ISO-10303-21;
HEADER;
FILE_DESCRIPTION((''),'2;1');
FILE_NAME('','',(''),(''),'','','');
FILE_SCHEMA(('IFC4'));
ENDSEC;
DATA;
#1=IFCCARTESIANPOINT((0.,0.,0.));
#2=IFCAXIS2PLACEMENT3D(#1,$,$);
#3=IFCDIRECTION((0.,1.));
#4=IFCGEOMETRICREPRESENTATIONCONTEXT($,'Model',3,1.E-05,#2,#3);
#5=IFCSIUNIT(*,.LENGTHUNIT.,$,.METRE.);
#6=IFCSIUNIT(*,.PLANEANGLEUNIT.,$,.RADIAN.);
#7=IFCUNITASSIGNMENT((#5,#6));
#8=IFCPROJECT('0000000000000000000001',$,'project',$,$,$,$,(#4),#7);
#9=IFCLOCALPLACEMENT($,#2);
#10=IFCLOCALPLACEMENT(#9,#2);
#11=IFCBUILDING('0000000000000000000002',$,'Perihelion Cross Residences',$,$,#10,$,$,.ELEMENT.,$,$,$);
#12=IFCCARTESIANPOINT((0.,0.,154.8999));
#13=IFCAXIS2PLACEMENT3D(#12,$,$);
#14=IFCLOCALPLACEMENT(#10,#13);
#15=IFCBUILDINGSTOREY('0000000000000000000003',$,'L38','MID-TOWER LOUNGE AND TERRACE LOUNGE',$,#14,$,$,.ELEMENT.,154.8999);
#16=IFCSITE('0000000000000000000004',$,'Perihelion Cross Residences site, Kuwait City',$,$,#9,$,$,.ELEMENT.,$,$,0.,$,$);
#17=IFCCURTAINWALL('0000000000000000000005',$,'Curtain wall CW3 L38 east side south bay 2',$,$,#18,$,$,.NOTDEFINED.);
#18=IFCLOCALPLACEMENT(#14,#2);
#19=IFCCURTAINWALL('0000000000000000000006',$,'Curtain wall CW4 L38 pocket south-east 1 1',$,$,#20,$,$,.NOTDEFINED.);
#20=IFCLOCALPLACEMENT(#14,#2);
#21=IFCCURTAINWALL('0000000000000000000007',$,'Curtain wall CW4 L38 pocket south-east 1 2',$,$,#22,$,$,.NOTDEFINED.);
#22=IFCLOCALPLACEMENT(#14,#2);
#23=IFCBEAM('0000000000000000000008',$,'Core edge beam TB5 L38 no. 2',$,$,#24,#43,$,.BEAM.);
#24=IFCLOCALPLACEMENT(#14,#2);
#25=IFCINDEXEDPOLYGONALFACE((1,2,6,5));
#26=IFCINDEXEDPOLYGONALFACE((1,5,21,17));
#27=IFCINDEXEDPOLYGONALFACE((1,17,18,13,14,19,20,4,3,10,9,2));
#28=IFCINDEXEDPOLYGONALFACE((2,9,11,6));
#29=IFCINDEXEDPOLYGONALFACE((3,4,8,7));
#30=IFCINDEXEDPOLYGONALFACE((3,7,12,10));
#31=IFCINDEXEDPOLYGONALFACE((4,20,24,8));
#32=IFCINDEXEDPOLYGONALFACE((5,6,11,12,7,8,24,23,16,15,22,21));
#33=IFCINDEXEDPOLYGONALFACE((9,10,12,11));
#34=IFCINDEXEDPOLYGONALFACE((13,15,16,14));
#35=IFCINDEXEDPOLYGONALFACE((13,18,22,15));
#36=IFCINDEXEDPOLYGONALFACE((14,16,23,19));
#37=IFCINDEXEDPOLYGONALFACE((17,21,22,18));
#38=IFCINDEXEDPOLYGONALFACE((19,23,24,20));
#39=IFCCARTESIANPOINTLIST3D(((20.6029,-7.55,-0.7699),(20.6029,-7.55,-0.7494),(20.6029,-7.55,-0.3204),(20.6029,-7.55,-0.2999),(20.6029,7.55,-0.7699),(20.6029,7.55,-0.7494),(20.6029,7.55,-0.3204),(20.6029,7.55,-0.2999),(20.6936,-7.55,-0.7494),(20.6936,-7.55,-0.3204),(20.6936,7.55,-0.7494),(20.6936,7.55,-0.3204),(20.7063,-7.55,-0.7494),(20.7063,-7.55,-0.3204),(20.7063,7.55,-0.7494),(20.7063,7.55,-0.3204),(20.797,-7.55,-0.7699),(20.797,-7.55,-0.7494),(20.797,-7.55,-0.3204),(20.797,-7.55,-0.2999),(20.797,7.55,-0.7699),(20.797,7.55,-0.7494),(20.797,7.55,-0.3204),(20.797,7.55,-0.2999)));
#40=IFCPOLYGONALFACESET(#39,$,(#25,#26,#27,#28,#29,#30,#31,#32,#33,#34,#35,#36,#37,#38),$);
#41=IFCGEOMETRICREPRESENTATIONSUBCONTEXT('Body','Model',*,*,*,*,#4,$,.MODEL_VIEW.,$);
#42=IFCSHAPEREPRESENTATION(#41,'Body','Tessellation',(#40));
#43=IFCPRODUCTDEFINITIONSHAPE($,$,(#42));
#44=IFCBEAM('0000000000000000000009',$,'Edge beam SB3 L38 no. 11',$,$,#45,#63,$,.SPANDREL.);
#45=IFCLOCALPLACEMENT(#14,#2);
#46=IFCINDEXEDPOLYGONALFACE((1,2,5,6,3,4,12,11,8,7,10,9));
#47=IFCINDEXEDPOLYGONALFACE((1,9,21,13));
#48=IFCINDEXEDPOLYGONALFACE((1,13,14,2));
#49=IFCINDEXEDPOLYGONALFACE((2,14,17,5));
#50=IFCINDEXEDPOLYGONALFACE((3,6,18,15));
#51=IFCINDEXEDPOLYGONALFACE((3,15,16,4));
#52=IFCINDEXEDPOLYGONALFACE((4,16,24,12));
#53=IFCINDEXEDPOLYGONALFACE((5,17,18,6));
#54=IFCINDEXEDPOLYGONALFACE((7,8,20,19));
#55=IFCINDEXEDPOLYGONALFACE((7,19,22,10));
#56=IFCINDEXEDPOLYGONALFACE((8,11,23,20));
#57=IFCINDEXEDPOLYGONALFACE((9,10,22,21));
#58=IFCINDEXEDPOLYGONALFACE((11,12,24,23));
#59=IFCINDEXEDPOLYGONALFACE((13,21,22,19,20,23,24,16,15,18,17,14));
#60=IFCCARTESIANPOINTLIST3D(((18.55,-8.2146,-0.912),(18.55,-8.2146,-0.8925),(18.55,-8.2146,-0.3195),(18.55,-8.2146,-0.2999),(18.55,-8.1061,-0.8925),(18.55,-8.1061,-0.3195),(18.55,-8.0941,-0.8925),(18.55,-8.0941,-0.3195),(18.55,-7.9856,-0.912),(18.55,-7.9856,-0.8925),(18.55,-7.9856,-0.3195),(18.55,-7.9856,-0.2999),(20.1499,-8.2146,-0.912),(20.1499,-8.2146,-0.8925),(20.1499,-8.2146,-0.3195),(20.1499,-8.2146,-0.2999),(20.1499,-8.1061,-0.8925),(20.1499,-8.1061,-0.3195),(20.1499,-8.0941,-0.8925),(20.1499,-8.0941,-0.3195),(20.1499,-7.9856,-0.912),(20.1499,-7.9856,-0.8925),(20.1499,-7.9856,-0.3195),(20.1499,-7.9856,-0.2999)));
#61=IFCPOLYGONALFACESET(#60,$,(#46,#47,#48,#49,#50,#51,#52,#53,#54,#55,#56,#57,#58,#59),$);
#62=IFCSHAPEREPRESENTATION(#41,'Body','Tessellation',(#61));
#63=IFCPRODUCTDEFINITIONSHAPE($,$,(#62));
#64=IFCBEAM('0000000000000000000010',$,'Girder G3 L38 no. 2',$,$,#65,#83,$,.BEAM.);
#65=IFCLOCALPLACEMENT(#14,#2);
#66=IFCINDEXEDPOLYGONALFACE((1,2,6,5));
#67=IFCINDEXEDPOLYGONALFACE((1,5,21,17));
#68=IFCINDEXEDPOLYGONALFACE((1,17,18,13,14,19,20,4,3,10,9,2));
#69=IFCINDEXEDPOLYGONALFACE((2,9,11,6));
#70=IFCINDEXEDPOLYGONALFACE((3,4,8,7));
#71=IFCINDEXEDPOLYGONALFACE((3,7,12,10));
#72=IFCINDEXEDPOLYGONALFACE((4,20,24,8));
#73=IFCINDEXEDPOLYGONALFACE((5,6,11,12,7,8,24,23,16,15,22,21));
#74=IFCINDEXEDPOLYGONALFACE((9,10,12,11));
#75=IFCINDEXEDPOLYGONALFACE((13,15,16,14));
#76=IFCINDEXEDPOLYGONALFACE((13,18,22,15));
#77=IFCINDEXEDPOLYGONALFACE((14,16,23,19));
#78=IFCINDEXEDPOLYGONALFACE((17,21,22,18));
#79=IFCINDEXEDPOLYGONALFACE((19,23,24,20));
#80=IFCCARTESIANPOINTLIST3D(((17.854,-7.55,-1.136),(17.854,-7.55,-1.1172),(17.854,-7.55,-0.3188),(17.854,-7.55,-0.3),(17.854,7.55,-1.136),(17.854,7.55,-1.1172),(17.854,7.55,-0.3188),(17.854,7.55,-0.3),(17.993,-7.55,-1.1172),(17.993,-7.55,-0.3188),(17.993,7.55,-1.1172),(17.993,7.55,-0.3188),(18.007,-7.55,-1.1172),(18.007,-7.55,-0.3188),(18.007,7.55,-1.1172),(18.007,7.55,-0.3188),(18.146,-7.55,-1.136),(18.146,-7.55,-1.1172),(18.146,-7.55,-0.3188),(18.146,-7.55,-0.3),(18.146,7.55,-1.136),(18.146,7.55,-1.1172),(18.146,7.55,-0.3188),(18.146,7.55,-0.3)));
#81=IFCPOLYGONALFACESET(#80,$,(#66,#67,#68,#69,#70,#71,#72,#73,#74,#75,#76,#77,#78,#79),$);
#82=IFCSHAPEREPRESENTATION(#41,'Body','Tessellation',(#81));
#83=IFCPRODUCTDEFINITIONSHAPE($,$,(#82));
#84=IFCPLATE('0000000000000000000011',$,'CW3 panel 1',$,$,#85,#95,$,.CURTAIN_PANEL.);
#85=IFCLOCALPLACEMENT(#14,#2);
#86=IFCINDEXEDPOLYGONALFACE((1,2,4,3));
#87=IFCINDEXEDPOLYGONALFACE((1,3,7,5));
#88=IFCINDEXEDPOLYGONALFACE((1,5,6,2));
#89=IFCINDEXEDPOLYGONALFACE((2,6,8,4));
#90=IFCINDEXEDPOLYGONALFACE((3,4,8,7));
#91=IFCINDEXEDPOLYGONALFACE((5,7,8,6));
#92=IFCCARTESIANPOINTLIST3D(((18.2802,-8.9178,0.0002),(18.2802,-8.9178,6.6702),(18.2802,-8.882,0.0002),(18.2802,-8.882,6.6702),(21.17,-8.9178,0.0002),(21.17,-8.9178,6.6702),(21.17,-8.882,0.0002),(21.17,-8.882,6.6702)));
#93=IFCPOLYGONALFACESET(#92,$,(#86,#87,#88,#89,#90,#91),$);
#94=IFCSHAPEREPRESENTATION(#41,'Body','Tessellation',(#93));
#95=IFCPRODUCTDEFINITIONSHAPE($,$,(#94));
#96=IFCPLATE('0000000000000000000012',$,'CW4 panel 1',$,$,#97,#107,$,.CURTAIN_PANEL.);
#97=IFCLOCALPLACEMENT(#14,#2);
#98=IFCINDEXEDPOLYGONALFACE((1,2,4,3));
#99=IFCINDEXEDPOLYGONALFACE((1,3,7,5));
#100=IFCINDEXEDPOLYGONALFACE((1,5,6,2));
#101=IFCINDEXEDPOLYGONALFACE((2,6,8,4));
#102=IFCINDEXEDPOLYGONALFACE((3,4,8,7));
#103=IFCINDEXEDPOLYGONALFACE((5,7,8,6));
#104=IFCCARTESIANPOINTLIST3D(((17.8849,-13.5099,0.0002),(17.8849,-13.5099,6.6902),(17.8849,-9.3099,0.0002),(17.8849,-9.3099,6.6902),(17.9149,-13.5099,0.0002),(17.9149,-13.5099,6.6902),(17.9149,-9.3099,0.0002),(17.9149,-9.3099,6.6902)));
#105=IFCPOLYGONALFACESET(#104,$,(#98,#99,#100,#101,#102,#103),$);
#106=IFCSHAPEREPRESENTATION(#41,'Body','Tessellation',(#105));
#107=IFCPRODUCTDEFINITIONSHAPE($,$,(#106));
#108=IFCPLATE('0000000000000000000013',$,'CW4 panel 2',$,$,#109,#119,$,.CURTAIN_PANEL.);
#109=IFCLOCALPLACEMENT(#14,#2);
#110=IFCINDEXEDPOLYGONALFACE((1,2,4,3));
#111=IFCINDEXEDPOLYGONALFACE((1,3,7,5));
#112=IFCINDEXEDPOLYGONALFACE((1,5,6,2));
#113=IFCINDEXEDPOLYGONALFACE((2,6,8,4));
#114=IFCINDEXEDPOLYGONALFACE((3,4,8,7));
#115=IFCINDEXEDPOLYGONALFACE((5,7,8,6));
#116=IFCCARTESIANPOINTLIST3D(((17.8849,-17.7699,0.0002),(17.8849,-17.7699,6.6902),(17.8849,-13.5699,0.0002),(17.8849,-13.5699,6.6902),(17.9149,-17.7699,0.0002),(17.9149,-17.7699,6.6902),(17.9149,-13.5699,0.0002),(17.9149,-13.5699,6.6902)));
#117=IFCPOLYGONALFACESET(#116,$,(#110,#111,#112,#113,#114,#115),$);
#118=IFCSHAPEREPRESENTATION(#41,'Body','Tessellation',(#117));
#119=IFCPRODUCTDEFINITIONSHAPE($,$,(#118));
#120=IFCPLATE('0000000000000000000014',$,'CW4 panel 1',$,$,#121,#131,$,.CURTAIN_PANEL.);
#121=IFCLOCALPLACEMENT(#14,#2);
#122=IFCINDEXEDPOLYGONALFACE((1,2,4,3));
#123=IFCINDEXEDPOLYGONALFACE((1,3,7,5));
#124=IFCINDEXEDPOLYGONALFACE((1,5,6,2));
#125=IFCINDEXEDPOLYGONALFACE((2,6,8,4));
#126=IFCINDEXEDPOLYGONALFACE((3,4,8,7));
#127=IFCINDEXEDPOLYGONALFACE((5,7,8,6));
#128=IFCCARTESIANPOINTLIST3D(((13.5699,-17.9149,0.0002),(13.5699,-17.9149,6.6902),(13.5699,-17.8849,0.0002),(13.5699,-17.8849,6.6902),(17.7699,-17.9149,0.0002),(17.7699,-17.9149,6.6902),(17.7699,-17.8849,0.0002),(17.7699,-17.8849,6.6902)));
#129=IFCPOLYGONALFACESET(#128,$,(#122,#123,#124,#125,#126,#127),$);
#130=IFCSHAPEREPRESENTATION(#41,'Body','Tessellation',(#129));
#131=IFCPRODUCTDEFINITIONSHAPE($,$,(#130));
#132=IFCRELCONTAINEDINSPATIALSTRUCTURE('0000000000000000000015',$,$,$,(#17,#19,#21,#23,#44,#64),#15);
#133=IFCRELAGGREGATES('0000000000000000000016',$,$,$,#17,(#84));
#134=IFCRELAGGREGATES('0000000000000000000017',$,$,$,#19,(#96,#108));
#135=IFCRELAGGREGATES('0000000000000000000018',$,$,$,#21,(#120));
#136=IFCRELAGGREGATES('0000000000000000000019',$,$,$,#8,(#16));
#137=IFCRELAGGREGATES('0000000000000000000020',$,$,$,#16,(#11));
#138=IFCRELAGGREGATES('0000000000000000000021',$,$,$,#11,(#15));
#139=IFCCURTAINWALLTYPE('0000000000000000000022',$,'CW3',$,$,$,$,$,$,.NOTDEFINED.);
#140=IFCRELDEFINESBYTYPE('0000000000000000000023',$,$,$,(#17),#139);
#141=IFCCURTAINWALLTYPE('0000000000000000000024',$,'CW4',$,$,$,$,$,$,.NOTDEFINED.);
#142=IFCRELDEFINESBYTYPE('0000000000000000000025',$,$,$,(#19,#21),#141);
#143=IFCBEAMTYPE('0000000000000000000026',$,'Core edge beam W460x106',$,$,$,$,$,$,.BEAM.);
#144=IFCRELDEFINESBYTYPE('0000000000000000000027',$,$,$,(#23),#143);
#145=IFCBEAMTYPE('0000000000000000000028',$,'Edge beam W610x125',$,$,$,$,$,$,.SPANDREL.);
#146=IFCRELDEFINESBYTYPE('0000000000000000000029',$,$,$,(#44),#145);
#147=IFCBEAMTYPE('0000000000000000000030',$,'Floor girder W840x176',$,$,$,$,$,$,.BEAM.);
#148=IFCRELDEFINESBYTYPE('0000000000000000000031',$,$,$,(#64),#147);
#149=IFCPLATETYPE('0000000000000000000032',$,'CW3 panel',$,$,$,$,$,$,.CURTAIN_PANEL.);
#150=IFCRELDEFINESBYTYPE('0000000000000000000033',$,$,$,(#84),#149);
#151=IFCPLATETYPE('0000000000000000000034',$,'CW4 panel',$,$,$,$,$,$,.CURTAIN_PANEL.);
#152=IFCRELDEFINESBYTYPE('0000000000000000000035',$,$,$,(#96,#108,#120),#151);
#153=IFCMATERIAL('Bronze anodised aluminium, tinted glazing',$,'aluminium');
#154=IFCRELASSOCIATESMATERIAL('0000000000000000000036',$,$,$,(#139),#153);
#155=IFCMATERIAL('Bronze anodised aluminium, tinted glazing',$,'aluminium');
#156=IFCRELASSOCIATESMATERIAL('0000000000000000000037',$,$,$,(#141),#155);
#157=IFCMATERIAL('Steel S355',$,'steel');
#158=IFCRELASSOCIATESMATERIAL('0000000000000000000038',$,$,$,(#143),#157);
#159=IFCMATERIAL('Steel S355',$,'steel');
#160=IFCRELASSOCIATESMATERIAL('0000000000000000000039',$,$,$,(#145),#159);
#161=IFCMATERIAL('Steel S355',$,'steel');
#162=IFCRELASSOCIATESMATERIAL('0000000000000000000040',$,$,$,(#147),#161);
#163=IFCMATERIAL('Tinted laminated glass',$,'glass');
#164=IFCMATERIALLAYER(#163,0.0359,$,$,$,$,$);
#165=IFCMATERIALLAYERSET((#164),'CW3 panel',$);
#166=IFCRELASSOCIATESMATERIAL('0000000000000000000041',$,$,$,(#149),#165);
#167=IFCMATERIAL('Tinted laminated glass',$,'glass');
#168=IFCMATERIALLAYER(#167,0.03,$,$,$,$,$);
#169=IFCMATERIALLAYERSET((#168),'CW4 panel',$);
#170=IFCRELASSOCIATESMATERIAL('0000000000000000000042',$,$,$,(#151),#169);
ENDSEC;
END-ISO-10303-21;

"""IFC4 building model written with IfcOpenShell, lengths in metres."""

from ifc_helpers import new_model, si_unit, direction, frame, origin, origin_2d, place, context, subcontext, project, spatial, rectangle, i_section, extrude, material, layer, layer_set, material_profile, profile_set, type_object, element, aggregate, save


model = new_model("IFC4")

# Units and contexts
model_context = context("Model", 3, precision=1e-05, world=origin(), true_north=direction((0.0, 1.0)))
body_context = subcontext(model_context, "Body", "Model", "MODEL_VIEW")
ifc_project = project(units=[si_unit("LENGTHUNIT", "METRE"), si_unit("PLANEANGLEUNIT", "RADIAN")], contexts=[model_context])

# Site, building, storey
site_placement = place(None, origin())
site = spatial("IfcSite", under=ifc_project, at=site_placement, Name="Perihelion Cross Residences site, Kuwait City", CompositionType="ELEMENT", RefElevation=0.0)
building_placement = place(site_placement, origin())
building = spatial("IfcBuilding", under=site, at=building_placement, Name="Perihelion Cross Residences", CompositionType="ELEMENT")
storey_placement = place(building_placement, frame((0.0, 0.0, 154.8999)))
storey = spatial("IfcBuildingStorey", under=building, at=storey_placement, Name="L38", Description="MID-TOWER LOUNGE AND TERRACE LOUNGE", CompositionType="ELEMENT", Elevation=154.8999)

# Curtain walls
ifc_material_1 = material(Name="Bronze anodised aluminium, tinted glazing", Category="aluminium")
curtain_wall_type_1 = type_object("IfcCurtainWallType", Name="CW3", PredefinedType="NOTDEFINED", material=ifc_material_1)
curtain_wall_1_placement = place(storey_placement, origin())
curtain_wall_1 = element("IfcCurtainWall", 1, at=curtain_wall_1_placement, inside=storey, type_object=curtain_wall_type_1, Name="Curtain wall CW3 L38 east side south bay 2", PredefinedType="NOTDEFINED")
ifc_material_2 = material(Name="Bronze anodised aluminium, tinted glazing", Category="aluminium")
curtain_wall_type_2 = type_object("IfcCurtainWallType", Name="CW4", PredefinedType="NOTDEFINED", material=ifc_material_2)
curtain_wall_2_placement = place(storey_placement, origin())
curtain_wall_2 = element("IfcCurtainWall", 2, at=curtain_wall_2_placement, inside=storey, type_object=curtain_wall_type_2, Name="Curtain wall CW4 L38 pocket south-east 1 1", PredefinedType="NOTDEFINED")

# Curtain wall
curtain_wall_3_placement = place(storey_placement, origin())
curtain_wall_3 = element("IfcCurtainWall", 3, at=curtain_wall_3_placement, inside=storey, type_object=curtain_wall_type_2, Name="Curtain wall CW4 L38 pocket south-east 1 2", PredefinedType="NOTDEFINED")

# Beams
ifc_material_3 = material(Name="Steel S355", Category="steel")
ifc_material_profile_1 = material_profile(ifc_material_3, i_section(OverallWidth=0.1941, OverallDepth=0.47, WebThickness=0.0127, FlangeThickness=0.0205, at=origin_2d()), Name="W460x106")
ifc_profile_set_1 = profile_set([ifc_material_profile_1], Name="Steel S355")
beam_type_1 = type_object("IfcBeamType", Name="Core edge beam W460x106", PredefinedType="BEAM", material=ifc_profile_set_1)
beam_1_placement = place(storey_placement, frame((20.7, -7.55, -0.5349), z_axis=(0.0, 1.0, 0.0), x_axis=(-1.0, 0.0, 0.0)))
element("IfcBeam", 4, at=beam_1_placement, inside=storey, type_object=beam_type_1, Name="Core edge beam TB5 L38 no. 2", PredefinedType="BEAM", context=body_context, shape_type="SweptSolid", body=[
    extrude(i_section(OverallWidth=0.1941, OverallDepth=0.47, WebThickness=0.0127, FlangeThickness=0.0205, at=origin_2d()), origin(), (0.0, 0.0, 1.0), 15.1001),
])
ifc_material_4 = material(Name="Steel S355", Category="steel")
ifc_material_profile_2 = material_profile(ifc_material_4, i_section(OverallWidth=0.229, OverallDepth=0.6121, WebThickness=0.012, FlangeThickness=0.0195, at=origin_2d()), Name="W610x125")
ifc_profile_set_2 = profile_set([ifc_material_profile_2], Name="Steel S355")
beam_type_2 = type_object("IfcBeamType", Name="Edge beam W610x125", PredefinedType="SPANDREL", material=ifc_profile_set_2)
beam_2_placement = place(storey_placement, frame((18.55, -8.1001, -0.606), z_axis=(1.0, 0.0, 0.0), x_axis=(0.0, 1.0, 0.0)))
element("IfcBeam", 5, at=beam_2_placement, inside=storey, type_object=beam_type_2, Name="Edge beam SB3 L38 no. 11", PredefinedType="SPANDREL", context=body_context, shape_type="SweptSolid", body=[
    extrude(i_section(OverallWidth=0.229, OverallDepth=0.6121, WebThickness=0.012, FlangeThickness=0.0195, at=origin_2d()), origin(), (0.0, 0.0, 1.0), 1.5999),
])
ifc_material_5 = material(Name="Steel S355", Category="steel")
ifc_material_profile_3 = material_profile(ifc_material_5, i_section(OverallWidth=0.292, OverallDepth=0.8359, WebThickness=0.0139, FlangeThickness=0.0188, at=origin_2d()), Name="W840x176")
ifc_profile_set_3 = profile_set([ifc_material_profile_3], Name="Steel S355")
beam_type_3 = type_object("IfcBeamType", Name="Floor girder W840x176", PredefinedType="BEAM", material=ifc_profile_set_3)
beam_3_placement = place(storey_placement, frame((18.0, -7.55, -0.718), z_axis=(0.0, 1.0, 0.0), x_axis=(-1.0, 0.0, 0.0)))
element("IfcBeam", 6, at=beam_3_placement, inside=storey, type_object=beam_type_3, Name="Girder G3 L38 no. 2", PredefinedType="BEAM", context=body_context, shape_type="SweptSolid", body=[
    extrude(i_section(OverallWidth=0.292, OverallDepth=0.8359, WebThickness=0.0139, FlangeThickness=0.0188, at=origin_2d()), origin(), (0.0, 0.0, 1.0), 15.1001),
])

# Plates
ifc_material_6 = material(Name="Tinted laminated glass", Category="glass")
ifc_layer_1 = layer(ifc_material_6, 0.0359)
ifc_layer_set_1 = layer_set([ifc_layer_1], Name="CW3 panel")
plate_type_1 = type_object("IfcPlateType", Name="CW3 panel", PredefinedType="CURTAIN_PANEL", material=ifc_layer_set_1)
plate_1_placement = place(storey_placement, frame((19.7251, -8.8999, 0.0002), z_axis=(0.0, 0.0, 1.0), x_axis=(1.0, 0.0, 0.0)))
plate_1 = element("IfcPlate", 7, at=plate_1_placement, type_object=plate_type_1, Name="CW3 panel 1", PredefinedType="CURTAIN_PANEL", context=body_context, shape_type="SweptSolid", body=[
    extrude(rectangle(XDim=2.8899, YDim=0.0359, at=origin_2d()), origin(), (0.0, 0.0, 1.0), 6.6699),
])
aggregate(curtain_wall_1, [plate_1])
ifc_material_7 = material(Name="Tinted laminated glass", Category="glass")
ifc_layer_2 = layer(ifc_material_7, 0.03)
ifc_layer_set_2 = layer_set([ifc_layer_2], Name="CW4 panel")
plate_type_2 = type_object("IfcPlateType", Name="CW4 panel", PredefinedType="CURTAIN_PANEL", material=ifc_layer_set_2)
plate_2_placement = place(storey_placement, frame((17.8999, -11.4099, 0.0002), z_axis=(0.0, 0.0, 1.0), x_axis=(0.0, -1.0, 0.0)))
plate_2 = element("IfcPlate", 8, at=plate_2_placement, type_object=plate_type_2, Name="CW4 panel 1", PredefinedType="CURTAIN_PANEL", context=body_context, shape_type="SweptSolid", body=[
    extrude(rectangle(XDim=4.2, YDim=0.03, at=origin_2d()), origin(), (0.0, 0.0, 1.0), 6.6899),
])
plate_3_placement = place(storey_placement, frame((17.8999, -15.6699, 0.0002), z_axis=(0.0, 0.0, 1.0), x_axis=(0.0, -1.0, 0.0)))
plate_3 = element("IfcPlate", 9, at=plate_3_placement, type_object=plate_type_2, Name="CW4 panel 2", PredefinedType="CURTAIN_PANEL", context=body_context, shape_type="SweptSolid", body=[
    extrude(rectangle(XDim=4.2, YDim=0.03, at=origin_2d()), origin(), (0.0, 0.0, 1.0), 6.6899),
])
aggregate(curtain_wall_2, [plate_2, plate_3])
plate_4_placement = place(storey_placement, frame((15.6699, -17.8999, 0.0002), z_axis=(0.0, 0.0, 1.0), x_axis=(-1.0, 0.0, 0.0)))
plate_4 = element("IfcPlate", 10, at=plate_4_placement, type_object=plate_type_2, Name="CW4 panel 1", PredefinedType="CURTAIN_PANEL", context=body_context, shape_type="SweptSolid", body=[
    extrude(rectangle(XDim=4.2, YDim=0.03, at=origin_2d()), origin(), (0.0, 0.0, 1.0), 6.6899),
])
aggregate(curtain_wall_3, [plate_4])

save(model, "model.ifc")
